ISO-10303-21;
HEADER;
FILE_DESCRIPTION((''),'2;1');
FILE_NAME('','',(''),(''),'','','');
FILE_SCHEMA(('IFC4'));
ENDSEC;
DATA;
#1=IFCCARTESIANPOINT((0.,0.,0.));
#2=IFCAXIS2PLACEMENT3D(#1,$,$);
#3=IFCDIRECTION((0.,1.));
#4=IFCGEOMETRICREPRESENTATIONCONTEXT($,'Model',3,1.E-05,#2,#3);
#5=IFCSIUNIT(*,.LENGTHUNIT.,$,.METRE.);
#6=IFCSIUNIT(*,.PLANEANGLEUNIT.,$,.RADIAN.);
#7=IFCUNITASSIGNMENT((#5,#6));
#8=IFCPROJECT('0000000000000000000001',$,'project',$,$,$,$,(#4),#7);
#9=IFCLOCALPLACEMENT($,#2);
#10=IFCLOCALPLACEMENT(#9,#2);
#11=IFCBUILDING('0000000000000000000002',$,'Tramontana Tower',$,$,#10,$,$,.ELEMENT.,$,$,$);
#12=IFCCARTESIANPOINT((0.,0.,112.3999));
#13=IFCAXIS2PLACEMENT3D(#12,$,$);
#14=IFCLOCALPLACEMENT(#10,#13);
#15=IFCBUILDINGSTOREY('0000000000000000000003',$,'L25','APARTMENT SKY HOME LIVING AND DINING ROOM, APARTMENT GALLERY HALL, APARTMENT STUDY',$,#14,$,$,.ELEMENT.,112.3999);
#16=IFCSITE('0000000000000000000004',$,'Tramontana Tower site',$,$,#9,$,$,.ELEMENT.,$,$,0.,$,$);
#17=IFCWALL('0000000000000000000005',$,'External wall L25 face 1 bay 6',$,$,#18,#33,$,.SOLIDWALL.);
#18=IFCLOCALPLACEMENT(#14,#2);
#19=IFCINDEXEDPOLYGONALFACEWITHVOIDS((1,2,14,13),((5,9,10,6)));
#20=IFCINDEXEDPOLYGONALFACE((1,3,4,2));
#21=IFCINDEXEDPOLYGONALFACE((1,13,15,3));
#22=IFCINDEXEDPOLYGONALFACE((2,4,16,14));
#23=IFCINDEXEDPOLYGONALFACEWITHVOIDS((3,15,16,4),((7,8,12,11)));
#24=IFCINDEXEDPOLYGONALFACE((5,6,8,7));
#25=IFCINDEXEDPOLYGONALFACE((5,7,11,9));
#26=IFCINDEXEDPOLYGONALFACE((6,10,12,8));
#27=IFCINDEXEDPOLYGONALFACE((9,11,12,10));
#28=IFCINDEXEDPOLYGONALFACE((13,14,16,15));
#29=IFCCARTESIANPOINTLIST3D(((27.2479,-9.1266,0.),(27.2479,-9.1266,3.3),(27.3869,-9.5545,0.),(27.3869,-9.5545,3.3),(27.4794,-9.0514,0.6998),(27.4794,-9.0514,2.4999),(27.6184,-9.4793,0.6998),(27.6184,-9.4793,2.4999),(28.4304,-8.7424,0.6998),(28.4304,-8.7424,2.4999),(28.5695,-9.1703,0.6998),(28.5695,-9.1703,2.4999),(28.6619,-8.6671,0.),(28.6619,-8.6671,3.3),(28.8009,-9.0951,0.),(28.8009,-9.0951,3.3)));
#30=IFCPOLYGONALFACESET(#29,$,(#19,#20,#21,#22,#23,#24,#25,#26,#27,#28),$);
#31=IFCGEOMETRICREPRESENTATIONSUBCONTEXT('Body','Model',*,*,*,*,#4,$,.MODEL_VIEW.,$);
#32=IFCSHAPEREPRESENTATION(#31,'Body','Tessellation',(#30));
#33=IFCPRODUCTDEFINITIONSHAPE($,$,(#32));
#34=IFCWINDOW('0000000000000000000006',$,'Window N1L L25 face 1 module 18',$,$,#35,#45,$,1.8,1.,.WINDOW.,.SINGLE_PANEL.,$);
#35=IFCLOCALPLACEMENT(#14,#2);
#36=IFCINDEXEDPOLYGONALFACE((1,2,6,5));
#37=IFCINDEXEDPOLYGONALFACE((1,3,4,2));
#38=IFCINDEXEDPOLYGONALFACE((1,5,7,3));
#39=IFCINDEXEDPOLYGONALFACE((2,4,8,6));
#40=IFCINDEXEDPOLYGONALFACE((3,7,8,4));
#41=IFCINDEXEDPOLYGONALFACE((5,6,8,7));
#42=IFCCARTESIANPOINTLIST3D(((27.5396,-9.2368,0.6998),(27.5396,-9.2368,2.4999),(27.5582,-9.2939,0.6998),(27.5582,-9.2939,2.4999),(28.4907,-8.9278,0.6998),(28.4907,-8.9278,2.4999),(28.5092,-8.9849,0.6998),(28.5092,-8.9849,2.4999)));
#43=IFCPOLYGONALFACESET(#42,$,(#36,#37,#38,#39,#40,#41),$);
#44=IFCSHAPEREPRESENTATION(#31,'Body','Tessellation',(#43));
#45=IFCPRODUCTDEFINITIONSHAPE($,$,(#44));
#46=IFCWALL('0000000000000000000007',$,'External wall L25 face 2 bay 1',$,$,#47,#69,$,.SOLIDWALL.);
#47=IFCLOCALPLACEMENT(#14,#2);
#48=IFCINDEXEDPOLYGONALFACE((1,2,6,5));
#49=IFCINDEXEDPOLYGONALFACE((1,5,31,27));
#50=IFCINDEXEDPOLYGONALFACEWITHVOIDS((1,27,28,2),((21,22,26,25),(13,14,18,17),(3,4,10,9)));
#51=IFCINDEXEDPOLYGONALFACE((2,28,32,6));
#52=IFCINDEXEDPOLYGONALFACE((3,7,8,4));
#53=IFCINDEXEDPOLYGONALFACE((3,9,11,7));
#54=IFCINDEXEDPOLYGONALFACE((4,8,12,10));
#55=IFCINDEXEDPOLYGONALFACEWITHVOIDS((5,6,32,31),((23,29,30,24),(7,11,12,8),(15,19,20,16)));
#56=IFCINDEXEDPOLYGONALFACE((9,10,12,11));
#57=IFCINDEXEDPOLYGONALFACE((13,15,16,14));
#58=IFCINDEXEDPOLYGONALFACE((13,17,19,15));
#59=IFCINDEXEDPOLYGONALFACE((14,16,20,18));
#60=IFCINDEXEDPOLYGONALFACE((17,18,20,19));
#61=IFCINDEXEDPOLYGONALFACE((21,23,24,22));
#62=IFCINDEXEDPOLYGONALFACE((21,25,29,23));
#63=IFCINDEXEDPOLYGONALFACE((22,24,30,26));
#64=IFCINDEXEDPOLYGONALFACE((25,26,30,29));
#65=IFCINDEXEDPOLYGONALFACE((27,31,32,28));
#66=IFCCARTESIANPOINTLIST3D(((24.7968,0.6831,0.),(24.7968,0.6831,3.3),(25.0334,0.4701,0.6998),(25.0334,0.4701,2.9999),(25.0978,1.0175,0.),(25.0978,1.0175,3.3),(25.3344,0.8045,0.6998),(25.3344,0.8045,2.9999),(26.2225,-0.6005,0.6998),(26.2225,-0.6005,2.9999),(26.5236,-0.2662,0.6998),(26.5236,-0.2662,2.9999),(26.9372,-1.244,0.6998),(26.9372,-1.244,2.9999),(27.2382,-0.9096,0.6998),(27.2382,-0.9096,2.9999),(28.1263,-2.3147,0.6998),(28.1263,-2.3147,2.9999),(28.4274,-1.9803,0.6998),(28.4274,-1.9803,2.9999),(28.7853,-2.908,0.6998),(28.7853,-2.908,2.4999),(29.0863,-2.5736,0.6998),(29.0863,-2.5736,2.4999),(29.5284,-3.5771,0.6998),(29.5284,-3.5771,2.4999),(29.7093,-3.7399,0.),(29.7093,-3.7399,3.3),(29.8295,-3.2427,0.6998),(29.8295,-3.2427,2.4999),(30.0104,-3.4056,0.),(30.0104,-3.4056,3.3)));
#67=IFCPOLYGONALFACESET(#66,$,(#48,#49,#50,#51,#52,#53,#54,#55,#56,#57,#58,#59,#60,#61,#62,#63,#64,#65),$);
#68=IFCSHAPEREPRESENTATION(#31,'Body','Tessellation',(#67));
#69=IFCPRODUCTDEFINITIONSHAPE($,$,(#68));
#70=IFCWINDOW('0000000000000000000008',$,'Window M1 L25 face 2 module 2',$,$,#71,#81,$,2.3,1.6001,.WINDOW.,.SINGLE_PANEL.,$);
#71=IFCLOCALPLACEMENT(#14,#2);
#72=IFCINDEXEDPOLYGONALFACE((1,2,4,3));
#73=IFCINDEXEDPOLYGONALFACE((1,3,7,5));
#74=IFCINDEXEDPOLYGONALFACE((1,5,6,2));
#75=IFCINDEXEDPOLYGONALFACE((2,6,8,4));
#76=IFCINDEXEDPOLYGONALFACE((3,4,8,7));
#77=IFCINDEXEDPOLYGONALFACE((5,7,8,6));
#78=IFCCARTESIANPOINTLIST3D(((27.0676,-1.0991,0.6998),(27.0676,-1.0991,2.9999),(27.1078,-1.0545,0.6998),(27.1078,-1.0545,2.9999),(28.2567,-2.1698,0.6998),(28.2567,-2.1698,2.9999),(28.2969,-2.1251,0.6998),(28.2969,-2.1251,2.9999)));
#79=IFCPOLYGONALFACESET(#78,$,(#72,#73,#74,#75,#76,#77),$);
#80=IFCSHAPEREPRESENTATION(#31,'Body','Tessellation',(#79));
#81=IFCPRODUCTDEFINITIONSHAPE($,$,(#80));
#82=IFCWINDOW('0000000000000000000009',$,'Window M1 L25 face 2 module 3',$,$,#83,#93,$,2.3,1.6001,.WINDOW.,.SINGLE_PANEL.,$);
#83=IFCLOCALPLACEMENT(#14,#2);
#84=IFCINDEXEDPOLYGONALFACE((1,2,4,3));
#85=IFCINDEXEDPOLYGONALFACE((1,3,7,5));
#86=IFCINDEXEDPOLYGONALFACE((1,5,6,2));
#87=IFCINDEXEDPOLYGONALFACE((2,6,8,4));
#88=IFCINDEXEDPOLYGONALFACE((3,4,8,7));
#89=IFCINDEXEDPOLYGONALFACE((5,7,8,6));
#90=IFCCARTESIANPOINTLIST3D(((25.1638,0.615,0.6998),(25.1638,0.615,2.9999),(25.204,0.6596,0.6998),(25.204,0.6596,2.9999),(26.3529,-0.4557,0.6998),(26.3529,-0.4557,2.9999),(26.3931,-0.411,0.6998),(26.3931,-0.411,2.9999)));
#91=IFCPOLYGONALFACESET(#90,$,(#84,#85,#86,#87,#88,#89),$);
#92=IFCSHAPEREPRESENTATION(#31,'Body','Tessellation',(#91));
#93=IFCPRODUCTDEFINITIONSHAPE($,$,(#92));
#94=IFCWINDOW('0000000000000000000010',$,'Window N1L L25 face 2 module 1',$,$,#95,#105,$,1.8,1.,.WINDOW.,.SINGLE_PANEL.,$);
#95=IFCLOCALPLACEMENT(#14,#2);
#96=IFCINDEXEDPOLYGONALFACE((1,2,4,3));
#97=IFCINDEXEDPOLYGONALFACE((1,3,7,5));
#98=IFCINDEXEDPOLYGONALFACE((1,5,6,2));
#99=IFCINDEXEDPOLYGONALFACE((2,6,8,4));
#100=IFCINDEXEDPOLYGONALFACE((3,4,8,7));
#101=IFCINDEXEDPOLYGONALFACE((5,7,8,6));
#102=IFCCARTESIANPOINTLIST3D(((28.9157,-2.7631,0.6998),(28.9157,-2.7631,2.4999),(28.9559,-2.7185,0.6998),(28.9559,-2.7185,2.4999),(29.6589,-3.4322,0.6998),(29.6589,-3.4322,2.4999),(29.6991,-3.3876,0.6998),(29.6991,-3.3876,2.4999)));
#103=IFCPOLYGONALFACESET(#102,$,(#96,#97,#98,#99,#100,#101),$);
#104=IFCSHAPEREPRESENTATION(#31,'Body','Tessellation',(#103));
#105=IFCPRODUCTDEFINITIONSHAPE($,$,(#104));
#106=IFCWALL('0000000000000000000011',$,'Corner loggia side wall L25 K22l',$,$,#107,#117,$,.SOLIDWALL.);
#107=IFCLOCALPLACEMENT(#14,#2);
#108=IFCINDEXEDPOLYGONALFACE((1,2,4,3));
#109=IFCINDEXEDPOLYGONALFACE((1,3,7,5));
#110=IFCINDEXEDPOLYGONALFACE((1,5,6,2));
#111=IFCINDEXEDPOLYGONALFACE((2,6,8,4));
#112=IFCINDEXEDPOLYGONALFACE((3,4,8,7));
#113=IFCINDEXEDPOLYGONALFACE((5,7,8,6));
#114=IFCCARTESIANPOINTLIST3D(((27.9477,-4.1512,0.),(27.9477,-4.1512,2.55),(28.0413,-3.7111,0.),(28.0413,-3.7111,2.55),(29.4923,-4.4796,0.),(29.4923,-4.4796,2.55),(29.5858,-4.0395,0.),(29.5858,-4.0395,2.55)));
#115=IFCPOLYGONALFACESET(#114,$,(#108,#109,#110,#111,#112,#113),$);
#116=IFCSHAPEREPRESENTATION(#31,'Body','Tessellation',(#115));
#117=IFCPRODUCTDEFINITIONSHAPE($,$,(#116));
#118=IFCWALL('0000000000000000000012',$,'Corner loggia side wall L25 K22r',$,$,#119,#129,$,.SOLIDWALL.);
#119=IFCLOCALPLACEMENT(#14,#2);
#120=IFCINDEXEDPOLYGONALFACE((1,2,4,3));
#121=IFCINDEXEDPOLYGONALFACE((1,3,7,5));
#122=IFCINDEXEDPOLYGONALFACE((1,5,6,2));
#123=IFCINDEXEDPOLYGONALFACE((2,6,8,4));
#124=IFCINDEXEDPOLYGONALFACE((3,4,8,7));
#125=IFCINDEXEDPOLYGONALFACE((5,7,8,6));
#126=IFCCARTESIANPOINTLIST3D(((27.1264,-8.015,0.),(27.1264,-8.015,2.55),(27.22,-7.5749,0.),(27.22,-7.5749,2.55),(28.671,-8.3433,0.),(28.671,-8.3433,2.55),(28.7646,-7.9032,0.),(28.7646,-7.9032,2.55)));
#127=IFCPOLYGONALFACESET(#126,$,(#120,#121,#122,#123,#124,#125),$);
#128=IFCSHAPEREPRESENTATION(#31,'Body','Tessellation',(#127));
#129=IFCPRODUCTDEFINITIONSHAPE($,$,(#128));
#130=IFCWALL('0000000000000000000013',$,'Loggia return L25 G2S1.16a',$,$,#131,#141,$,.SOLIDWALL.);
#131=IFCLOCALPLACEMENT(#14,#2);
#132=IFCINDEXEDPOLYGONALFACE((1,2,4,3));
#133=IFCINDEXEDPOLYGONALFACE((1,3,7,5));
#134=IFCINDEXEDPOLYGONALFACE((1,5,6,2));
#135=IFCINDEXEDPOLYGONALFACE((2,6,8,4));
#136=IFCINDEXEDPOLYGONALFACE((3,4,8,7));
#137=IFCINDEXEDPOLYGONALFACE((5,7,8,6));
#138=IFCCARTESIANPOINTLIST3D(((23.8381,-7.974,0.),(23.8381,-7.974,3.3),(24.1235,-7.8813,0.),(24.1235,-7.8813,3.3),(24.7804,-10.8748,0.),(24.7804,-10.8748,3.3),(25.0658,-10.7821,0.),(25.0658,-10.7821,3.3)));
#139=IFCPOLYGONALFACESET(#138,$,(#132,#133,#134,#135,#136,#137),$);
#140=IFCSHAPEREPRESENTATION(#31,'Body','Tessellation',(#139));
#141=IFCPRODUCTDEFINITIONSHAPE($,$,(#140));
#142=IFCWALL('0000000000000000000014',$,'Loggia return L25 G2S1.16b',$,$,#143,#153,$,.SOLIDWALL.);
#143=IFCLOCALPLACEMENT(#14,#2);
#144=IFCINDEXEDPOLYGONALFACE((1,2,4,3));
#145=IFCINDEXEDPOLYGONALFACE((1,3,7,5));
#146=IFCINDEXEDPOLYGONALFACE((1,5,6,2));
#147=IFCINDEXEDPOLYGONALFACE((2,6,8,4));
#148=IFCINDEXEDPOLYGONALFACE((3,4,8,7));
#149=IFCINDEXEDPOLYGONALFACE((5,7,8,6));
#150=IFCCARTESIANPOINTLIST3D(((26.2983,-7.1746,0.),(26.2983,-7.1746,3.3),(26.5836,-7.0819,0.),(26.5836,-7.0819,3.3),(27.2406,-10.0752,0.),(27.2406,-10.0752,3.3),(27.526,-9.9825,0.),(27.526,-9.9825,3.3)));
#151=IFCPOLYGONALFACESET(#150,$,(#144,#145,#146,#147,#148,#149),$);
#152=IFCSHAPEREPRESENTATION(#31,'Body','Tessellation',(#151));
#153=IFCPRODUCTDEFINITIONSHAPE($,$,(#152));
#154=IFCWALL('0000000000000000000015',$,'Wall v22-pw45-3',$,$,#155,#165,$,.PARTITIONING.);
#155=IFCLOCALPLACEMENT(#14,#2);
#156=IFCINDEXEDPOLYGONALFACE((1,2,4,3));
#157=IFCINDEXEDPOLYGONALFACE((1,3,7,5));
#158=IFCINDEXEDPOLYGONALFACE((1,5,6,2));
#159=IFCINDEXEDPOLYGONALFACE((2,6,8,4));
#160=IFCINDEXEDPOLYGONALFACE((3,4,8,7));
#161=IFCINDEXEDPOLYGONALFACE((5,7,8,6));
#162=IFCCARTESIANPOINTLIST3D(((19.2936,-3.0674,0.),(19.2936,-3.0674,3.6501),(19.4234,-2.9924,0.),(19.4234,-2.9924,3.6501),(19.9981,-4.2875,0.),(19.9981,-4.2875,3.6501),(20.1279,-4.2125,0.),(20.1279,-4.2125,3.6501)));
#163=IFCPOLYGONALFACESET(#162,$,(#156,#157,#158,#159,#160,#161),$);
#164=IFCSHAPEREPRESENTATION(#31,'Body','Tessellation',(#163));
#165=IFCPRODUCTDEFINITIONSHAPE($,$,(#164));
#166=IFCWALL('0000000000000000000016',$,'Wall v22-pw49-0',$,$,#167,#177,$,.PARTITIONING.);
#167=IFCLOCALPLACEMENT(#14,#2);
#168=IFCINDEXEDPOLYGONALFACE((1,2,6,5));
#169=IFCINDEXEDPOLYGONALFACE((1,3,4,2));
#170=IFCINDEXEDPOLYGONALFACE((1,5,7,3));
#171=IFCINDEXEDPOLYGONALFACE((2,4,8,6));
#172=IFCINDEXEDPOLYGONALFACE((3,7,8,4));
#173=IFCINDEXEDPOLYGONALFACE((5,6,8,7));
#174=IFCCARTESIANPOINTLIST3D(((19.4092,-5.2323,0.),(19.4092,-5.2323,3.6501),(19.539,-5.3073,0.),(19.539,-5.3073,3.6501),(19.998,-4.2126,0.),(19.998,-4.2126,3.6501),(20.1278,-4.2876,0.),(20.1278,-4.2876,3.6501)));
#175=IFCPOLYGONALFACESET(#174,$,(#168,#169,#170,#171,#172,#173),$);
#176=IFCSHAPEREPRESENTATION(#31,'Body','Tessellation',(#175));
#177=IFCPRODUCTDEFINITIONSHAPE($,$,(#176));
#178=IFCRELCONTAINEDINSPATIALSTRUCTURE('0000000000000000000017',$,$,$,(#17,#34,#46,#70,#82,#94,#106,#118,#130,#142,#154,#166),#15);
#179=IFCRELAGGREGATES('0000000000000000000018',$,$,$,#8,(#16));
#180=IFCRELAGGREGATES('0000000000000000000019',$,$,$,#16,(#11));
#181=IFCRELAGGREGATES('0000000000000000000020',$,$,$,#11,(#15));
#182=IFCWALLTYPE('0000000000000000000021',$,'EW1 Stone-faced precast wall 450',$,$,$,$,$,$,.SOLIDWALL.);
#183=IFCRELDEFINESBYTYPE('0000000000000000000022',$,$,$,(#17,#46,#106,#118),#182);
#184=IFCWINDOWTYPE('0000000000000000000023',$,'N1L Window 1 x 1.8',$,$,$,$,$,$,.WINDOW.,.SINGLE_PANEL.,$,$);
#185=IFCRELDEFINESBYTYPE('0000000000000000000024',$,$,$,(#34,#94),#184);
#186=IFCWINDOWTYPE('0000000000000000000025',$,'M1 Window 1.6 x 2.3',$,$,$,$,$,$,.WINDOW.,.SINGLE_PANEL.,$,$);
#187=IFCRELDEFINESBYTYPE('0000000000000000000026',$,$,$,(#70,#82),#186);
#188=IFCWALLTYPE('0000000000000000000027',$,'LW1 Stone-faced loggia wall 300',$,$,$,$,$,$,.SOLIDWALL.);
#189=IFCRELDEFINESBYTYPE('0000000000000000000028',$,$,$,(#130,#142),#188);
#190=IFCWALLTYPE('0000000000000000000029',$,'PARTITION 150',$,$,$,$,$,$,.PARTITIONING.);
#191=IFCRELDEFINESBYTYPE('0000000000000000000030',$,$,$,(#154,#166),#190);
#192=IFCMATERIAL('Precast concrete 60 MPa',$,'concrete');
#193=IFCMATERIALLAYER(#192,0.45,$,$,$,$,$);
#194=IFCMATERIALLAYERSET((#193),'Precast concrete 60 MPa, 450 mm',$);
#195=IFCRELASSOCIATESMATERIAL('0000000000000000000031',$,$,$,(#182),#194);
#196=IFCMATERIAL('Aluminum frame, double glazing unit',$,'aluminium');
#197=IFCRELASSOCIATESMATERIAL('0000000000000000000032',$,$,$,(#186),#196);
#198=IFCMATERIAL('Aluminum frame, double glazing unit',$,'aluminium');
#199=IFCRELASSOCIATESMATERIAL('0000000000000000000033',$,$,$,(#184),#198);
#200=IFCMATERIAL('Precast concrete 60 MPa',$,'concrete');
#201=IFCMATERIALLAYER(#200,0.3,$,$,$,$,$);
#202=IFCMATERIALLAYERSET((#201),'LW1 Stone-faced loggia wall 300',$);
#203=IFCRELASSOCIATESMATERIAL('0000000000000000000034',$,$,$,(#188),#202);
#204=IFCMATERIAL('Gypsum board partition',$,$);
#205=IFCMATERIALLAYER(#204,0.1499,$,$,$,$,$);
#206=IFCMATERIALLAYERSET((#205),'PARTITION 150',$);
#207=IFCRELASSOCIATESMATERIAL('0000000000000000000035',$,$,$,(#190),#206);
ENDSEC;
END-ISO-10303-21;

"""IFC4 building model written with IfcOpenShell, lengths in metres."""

from ifc_helpers import new_model, si_unit, direction, frame, frame_2d, origin, place, context, subcontext, project, spatial, rectangle, extrude, material, layer, layer_set, type_object, element, fill, save


model = new_model("IFC4")

# Units and contexts
model_context = context("Model", 3, precision=1e-05, world=origin(), true_north=direction((0.0, 1.0)))
body_context = subcontext(model_context, "Body", "Model", "MODEL_VIEW")
ifc_project = project(units=[si_unit("LENGTHUNIT", "METRE"), si_unit("PLANEANGLEUNIT", "RADIAN")], contexts=[model_context])

# Site, building, storey
site_placement = place(None, origin())
site = spatial("IfcSite", under=ifc_project, at=site_placement, Name="Tramontana Tower site", CompositionType="ELEMENT", RefElevation=0.0)
building_placement = place(site_placement, origin())
building = spatial("IfcBuilding", under=site, at=building_placement, Name="Tramontana Tower", CompositionType="ELEMENT")
storey_placement = place(building_placement, frame((0.0, 0.0, 112.3999)))
storey = spatial("IfcBuildingStorey", under=building, at=storey_placement, Name="L25", Description="APARTMENT SKY HOME LIVING AND DINING ROOM, APARTMENT GALLERY HALL, APARTMENT STUDY", CompositionType="ELEMENT", Elevation=112.3999)

# Wall, opening, window
ifc_material_1 = material(Name="Precast concrete 60 MPa", Category="concrete")
ifc_layer_1 = layer(ifc_material_1, 0.45)
ifc_layer_set_1 = layer_set([ifc_layer_1], Name="Precast concrete 60 MPa, 450 mm")
wall_type_1 = type_object("IfcWallType", Name="EW1 Stone-faced precast wall 450", PredefinedType="SOLIDWALL", material=ifc_layer_set_1)
ifc_material_2 = material(Name="Aluminum frame, double glazing unit", Category="aluminium")
window_type_1 = type_object("IfcWindowType", Name="M1 Window 1.6 x 2.3", PartitioningType="SINGLE_PANEL", PredefinedType="WINDOW", material=ifc_material_2)
wall_1_placement = place(storey_placement, frame((27.3174, -9.3406, 0.0), z_axis=(0.0, 0.0, 1.0), x_axis=(0.951053, 0.309027, 0.0)))
wall_1 = element("IfcWall", 1, at=wall_1_placement, inside=storey, type_object=wall_type_1, Name="External wall L25 face 1 bay 6", PredefinedType="SOLIDWALL", context=body_context, shape_type="SweptSolid", body=[
    extrude(rectangle(XDim=1.4868, YDim=0.45, at=frame_2d((0.7434, 0.0))), origin(), (0.0, 0.0, 1.0), 3.3),
])
opening_1_placement = place(wall_1_placement, frame((0.2434, 0.0, 0.7)))
opening_1 = element("IfcOpeningElement", 2, at=opening_1_placement, cuts=wall_1, PredefinedType="OPENING", context=body_context, shape_type="SweptSolid", body=[
    extrude(rectangle(XDim=1.0, YDim=1.8, at=frame_2d((0.5, 0.8999))), frame((0.0, 0.2349, 0.0), z_axis=(0.0, -1.0, 0.0), x_axis=(1.0, 0.0, 0.0)), (0.0, 0.0, 1.0), 0.47),
])
ifc_material_3 = material(Name="Aluminum frame, double glazing unit", Category="aluminium")
window_type_2 = type_object("IfcWindowType", Name="N1L Window 1 x 1.8", PartitioningType="SINGLE_PANEL", PredefinedType="WINDOW", material=ifc_material_3)
window_1_placement = place(opening_1_placement, origin())
window_1 = element("IfcWindow", 3, at=window_1_placement, inside=storey, type_object=window_type_2, Name="Window N1L L25 face 1 module 18", OverallHeight=1.8, OverallWidth=1.0, PartitioningType="SINGLE_PANEL", PredefinedType="WINDOW", context=body_context, shape_type="SweptSolid", body=[
    extrude(rectangle(XDim=1.0, YDim=1.8, at=frame_2d((0.5, 0.8999))), frame((0.0, 0.03, 0.0), z_axis=(0.0, -1.0, 0.0), x_axis=(1.0, 0.0, 0.0)), (0.0, 0.0, 1.0), 0.0601),
])
fill(opening_1, window_1)

# Wall, openings, windows
wall_2_placement = place(storey_placement, frame((29.8599, -3.5728, 0.0), z_axis=(0.0, 0.0, 1.0), x_axis=(-0.743162, 0.669112, 0.0)))
wall_2 = element("IfcWall", 4, at=wall_2_placement, inside=storey, type_object=wall_type_1, Name="External wall L25 face 2 bay 1", PredefinedType="SOLIDWALL", context=body_context, shape_type="SweptSolid", body=[
    extrude(rectangle(XDim=6.6104, YDim=0.45, at=frame_2d((3.3052, 0.0))), origin(), (0.0, 0.0, 1.0), 3.3),
])
opening_2_placement = place(wall_2_placement, frame((0.2434, 0.0, 0.7)))
opening_2 = element("IfcOpeningElement", 5, at=opening_2_placement, cuts=wall_2, PredefinedType="OPENING", context=body_context, shape_type="SweptSolid", body=[
    extrude(rectangle(XDim=1.0, YDim=1.8, at=frame_2d((0.5, 0.8999))), frame((0.0, 0.2349, 0.0), z_axis=(0.0, -1.0, 0.0), x_axis=(1.0, 0.0, 0.0)), (0.0, 0.0, 1.0), 0.47),
])
opening_3_placement = place(wall_2_placement, frame((2.1301, 0.0, 0.7)))
opening_3 = element("IfcOpeningElement", 6, at=opening_3_placement, cuts=wall_2, PredefinedType="OPENING", context=body_context, shape_type="SweptSolid", body=[
    extrude(rectangle(XDim=1.6001, YDim=2.3, at=frame_2d((0.8, 1.1499))), frame((0.0, 0.2349, 0.0), z_axis=(0.0, -1.0, 0.0), x_axis=(1.0, 0.0, 0.0)), (0.0, 0.0, 1.0), 0.47),
])
opening_4_placement = place(wall_2_placement, frame((4.6919, 0.0, 0.7)))
opening_4 = element("IfcOpeningElement", 7, at=opening_4_placement, cuts=wall_2, PredefinedType="OPENING", context=body_context, shape_type="SweptSolid", body=[
    extrude(rectangle(XDim=1.6001, YDim=2.3, at=frame_2d((0.8, 1.1499))), frame((0.0, 0.2349, 0.0), z_axis=(0.0, -1.0, 0.0), x_axis=(1.0, 0.0, 0.0)), (0.0, 0.0, 1.0), 0.47),
])
window_2_placement = place(opening_3_placement, origin())
window_2 = element("IfcWindow", 8, at=window_2_placement, inside=storey, type_object=window_type_1, Name="Window M1 L25 face 2 module 2", OverallHeight=2.3, OverallWidth=1.6001, PartitioningType="SINGLE_PANEL", PredefinedType="WINDOW", context=body_context, shape_type="SweptSolid", body=[
    extrude(rectangle(XDim=1.6001, YDim=2.3, at=frame_2d((0.8, 1.1499))), frame((0.0, 0.03, 0.0), z_axis=(0.0, -1.0, 0.0), x_axis=(1.0, 0.0, 0.0)), (0.0, 0.0, 1.0), 0.0601),
])
fill(opening_3, window_2)
window_3_placement = place(opening_4_placement, origin())
window_3 = element("IfcWindow", 9, at=window_3_placement, inside=storey, type_object=window_type_1, Name="Window M1 L25 face 2 module 3", OverallHeight=2.3, OverallWidth=1.6001, PartitioningType="SINGLE_PANEL", PredefinedType="WINDOW", context=body_context, shape_type="SweptSolid", body=[
    extrude(rectangle(XDim=1.6001, YDim=2.3, at=frame_2d((0.8, 1.1499))), frame((0.0, 0.03, 0.0), z_axis=(0.0, -1.0, 0.0), x_axis=(1.0, 0.0, 0.0)), (0.0, 0.0, 1.0), 0.0601),
])
fill(opening_4, window_3)
window_4_placement = place(opening_2_placement, origin())
window_4 = element("IfcWindow", 10, at=window_4_placement, inside=storey, type_object=window_type_2, Name="Window N1L L25 face 2 module 1", OverallHeight=1.8, OverallWidth=1.0, PartitioningType="SINGLE_PANEL", PredefinedType="WINDOW", context=body_context, shape_type="SweptSolid", body=[
    extrude(rectangle(XDim=1.0, YDim=1.8, at=frame_2d((0.5, 0.8999))), frame((0.0, 0.03, 0.0), z_axis=(0.0, -1.0, 0.0), x_axis=(1.0, 0.0, 0.0)), (0.0, 0.0, 1.0), 0.0601),
])
fill(opening_2, window_4)

# Walls
for number, where, z_axis, x_axis, name in (
    (11, (29.5391, -4.2595, 0.0), (0.0, 0.0, 1.0), (-0.978143, 0.207935, 0.0), "Corner loggia side wall L25 K22l"),
    (12, (28.7178, -8.1233, 0.0), (0.0, 0.0, 1.0), (-0.978143, 0.207935, 0.0), "Corner loggia side wall L25 K22r"),
):
    element("IfcWall", number, at=place(storey_placement, frame(where, z_axis=z_axis, x_axis=x_axis)), inside=storey, type_object=wall_type_1, Name=name, PredefinedType="SOLIDWALL", context=body_context, shape_type="SweptSolid", body=[
        extrude(rectangle(XDim=1.5791, YDim=0.45, at=frame_2d((0.7896, 0.0))), origin(), (0.0, 0.0, 1.0), 2.55),
    ])

# Shared definitions
ifc_material_4 = material(Name="Precast concrete 60 MPa", Category="concrete")
ifc_layer_2 = layer(ifc_material_4, 0.3)
ifc_layer_set_2 = layer_set([ifc_layer_2], Name="LW1 Stone-faced loggia wall 300")
wall_type_2 = type_object("IfcWallType", Name="LW1 Stone-faced loggia wall 300", PredefinedType="SOLIDWALL", material=ifc_layer_set_2)

# Walls
wall_3_placement = place(storey_placement, frame((24.9231, -10.8284, 0.0), z_axis=(0.0, 0.0, 1.0), x_axis=(-0.308967, 0.951073, 0.0)))
element("IfcWall", 13, at=wall_3_placement, inside=storey, type_object=wall_type_2, Name="Loggia return L25 G2S1.16a", PredefinedType="SOLIDWALL", context=body_context, shape_type="SweptSolid", body=[
    extrude(rectangle(XDim=3.05, YDim=0.3, at=frame_2d((1.5249, 0.0))), origin(), (0.0, 0.0, 1.0), 3.3),
])
wall_4_placement = place(storey_placement, frame((27.3833, -10.0288, 0.0), z_axis=(0.0, 0.0, 1.0), x_axis=(-0.30899, 0.951065, 0.0)))
element("IfcWall", 14, at=wall_4_placement, inside=storey, type_object=wall_type_2, Name="Loggia return L25 G2S1.16b", PredefinedType="SOLIDWALL", context=body_context, shape_type="SweptSolid", body=[
    extrude(rectangle(XDim=3.0498, YDim=0.3, at=frame_2d((1.5249, 0.0))), origin(), (0.0, 0.0, 1.0), 3.3),
])
ifc_material_5 = material(Name="Gypsum board partition")
ifc_layer_3 = layer(ifc_material_5, 0.1499)
ifc_layer_set_3 = layer_set([ifc_layer_3], Name="PARTITION 150")
wall_type_3 = type_object("IfcWallType", Name="PARTITION 150", PredefinedType="PARTITIONING", material=ifc_layer_set_3)
wall_5_placement = place(storey_placement, frame((19.3584, -3.0298, 0.0), z_axis=(0.0, 0.0, 1.0), x_axis=(0.500052, -0.865995, 0.0)))
element("IfcWall", 15, at=wall_5_placement, inside=storey, type_object=wall_type_3, Name="Wall v22-pw45-3", PredefinedType="PARTITIONING", context=body_context, shape_type="SweptSolid", body=[
    extrude(rectangle(XDim=1.4089, YDim=0.1499, at=frame_2d((0.7046, 0.0))), origin(), (0.0, 0.0, 1.0), 3.6501),
])
wall_6_placement = place(storey_placement, frame((20.063, -4.25, 0.0), z_axis=(0.0, 0.0, 1.0), x_axis=(-0.500063, -0.865989, 0.0)))
element("IfcWall", 16, at=wall_6_placement, inside=storey, type_object=wall_type_3, Name="Wall v22-pw49-0", PredefinedType="PARTITIONING", context=body_context, shape_type="SweptSolid", body=[
    extrude(rectangle(XDim=1.1775, YDim=0.1499, at=frame_2d((0.5889, 0.0))), origin(), (0.0, 0.0, 1.0), 3.6501),
])

save(model, "model.ifc")
